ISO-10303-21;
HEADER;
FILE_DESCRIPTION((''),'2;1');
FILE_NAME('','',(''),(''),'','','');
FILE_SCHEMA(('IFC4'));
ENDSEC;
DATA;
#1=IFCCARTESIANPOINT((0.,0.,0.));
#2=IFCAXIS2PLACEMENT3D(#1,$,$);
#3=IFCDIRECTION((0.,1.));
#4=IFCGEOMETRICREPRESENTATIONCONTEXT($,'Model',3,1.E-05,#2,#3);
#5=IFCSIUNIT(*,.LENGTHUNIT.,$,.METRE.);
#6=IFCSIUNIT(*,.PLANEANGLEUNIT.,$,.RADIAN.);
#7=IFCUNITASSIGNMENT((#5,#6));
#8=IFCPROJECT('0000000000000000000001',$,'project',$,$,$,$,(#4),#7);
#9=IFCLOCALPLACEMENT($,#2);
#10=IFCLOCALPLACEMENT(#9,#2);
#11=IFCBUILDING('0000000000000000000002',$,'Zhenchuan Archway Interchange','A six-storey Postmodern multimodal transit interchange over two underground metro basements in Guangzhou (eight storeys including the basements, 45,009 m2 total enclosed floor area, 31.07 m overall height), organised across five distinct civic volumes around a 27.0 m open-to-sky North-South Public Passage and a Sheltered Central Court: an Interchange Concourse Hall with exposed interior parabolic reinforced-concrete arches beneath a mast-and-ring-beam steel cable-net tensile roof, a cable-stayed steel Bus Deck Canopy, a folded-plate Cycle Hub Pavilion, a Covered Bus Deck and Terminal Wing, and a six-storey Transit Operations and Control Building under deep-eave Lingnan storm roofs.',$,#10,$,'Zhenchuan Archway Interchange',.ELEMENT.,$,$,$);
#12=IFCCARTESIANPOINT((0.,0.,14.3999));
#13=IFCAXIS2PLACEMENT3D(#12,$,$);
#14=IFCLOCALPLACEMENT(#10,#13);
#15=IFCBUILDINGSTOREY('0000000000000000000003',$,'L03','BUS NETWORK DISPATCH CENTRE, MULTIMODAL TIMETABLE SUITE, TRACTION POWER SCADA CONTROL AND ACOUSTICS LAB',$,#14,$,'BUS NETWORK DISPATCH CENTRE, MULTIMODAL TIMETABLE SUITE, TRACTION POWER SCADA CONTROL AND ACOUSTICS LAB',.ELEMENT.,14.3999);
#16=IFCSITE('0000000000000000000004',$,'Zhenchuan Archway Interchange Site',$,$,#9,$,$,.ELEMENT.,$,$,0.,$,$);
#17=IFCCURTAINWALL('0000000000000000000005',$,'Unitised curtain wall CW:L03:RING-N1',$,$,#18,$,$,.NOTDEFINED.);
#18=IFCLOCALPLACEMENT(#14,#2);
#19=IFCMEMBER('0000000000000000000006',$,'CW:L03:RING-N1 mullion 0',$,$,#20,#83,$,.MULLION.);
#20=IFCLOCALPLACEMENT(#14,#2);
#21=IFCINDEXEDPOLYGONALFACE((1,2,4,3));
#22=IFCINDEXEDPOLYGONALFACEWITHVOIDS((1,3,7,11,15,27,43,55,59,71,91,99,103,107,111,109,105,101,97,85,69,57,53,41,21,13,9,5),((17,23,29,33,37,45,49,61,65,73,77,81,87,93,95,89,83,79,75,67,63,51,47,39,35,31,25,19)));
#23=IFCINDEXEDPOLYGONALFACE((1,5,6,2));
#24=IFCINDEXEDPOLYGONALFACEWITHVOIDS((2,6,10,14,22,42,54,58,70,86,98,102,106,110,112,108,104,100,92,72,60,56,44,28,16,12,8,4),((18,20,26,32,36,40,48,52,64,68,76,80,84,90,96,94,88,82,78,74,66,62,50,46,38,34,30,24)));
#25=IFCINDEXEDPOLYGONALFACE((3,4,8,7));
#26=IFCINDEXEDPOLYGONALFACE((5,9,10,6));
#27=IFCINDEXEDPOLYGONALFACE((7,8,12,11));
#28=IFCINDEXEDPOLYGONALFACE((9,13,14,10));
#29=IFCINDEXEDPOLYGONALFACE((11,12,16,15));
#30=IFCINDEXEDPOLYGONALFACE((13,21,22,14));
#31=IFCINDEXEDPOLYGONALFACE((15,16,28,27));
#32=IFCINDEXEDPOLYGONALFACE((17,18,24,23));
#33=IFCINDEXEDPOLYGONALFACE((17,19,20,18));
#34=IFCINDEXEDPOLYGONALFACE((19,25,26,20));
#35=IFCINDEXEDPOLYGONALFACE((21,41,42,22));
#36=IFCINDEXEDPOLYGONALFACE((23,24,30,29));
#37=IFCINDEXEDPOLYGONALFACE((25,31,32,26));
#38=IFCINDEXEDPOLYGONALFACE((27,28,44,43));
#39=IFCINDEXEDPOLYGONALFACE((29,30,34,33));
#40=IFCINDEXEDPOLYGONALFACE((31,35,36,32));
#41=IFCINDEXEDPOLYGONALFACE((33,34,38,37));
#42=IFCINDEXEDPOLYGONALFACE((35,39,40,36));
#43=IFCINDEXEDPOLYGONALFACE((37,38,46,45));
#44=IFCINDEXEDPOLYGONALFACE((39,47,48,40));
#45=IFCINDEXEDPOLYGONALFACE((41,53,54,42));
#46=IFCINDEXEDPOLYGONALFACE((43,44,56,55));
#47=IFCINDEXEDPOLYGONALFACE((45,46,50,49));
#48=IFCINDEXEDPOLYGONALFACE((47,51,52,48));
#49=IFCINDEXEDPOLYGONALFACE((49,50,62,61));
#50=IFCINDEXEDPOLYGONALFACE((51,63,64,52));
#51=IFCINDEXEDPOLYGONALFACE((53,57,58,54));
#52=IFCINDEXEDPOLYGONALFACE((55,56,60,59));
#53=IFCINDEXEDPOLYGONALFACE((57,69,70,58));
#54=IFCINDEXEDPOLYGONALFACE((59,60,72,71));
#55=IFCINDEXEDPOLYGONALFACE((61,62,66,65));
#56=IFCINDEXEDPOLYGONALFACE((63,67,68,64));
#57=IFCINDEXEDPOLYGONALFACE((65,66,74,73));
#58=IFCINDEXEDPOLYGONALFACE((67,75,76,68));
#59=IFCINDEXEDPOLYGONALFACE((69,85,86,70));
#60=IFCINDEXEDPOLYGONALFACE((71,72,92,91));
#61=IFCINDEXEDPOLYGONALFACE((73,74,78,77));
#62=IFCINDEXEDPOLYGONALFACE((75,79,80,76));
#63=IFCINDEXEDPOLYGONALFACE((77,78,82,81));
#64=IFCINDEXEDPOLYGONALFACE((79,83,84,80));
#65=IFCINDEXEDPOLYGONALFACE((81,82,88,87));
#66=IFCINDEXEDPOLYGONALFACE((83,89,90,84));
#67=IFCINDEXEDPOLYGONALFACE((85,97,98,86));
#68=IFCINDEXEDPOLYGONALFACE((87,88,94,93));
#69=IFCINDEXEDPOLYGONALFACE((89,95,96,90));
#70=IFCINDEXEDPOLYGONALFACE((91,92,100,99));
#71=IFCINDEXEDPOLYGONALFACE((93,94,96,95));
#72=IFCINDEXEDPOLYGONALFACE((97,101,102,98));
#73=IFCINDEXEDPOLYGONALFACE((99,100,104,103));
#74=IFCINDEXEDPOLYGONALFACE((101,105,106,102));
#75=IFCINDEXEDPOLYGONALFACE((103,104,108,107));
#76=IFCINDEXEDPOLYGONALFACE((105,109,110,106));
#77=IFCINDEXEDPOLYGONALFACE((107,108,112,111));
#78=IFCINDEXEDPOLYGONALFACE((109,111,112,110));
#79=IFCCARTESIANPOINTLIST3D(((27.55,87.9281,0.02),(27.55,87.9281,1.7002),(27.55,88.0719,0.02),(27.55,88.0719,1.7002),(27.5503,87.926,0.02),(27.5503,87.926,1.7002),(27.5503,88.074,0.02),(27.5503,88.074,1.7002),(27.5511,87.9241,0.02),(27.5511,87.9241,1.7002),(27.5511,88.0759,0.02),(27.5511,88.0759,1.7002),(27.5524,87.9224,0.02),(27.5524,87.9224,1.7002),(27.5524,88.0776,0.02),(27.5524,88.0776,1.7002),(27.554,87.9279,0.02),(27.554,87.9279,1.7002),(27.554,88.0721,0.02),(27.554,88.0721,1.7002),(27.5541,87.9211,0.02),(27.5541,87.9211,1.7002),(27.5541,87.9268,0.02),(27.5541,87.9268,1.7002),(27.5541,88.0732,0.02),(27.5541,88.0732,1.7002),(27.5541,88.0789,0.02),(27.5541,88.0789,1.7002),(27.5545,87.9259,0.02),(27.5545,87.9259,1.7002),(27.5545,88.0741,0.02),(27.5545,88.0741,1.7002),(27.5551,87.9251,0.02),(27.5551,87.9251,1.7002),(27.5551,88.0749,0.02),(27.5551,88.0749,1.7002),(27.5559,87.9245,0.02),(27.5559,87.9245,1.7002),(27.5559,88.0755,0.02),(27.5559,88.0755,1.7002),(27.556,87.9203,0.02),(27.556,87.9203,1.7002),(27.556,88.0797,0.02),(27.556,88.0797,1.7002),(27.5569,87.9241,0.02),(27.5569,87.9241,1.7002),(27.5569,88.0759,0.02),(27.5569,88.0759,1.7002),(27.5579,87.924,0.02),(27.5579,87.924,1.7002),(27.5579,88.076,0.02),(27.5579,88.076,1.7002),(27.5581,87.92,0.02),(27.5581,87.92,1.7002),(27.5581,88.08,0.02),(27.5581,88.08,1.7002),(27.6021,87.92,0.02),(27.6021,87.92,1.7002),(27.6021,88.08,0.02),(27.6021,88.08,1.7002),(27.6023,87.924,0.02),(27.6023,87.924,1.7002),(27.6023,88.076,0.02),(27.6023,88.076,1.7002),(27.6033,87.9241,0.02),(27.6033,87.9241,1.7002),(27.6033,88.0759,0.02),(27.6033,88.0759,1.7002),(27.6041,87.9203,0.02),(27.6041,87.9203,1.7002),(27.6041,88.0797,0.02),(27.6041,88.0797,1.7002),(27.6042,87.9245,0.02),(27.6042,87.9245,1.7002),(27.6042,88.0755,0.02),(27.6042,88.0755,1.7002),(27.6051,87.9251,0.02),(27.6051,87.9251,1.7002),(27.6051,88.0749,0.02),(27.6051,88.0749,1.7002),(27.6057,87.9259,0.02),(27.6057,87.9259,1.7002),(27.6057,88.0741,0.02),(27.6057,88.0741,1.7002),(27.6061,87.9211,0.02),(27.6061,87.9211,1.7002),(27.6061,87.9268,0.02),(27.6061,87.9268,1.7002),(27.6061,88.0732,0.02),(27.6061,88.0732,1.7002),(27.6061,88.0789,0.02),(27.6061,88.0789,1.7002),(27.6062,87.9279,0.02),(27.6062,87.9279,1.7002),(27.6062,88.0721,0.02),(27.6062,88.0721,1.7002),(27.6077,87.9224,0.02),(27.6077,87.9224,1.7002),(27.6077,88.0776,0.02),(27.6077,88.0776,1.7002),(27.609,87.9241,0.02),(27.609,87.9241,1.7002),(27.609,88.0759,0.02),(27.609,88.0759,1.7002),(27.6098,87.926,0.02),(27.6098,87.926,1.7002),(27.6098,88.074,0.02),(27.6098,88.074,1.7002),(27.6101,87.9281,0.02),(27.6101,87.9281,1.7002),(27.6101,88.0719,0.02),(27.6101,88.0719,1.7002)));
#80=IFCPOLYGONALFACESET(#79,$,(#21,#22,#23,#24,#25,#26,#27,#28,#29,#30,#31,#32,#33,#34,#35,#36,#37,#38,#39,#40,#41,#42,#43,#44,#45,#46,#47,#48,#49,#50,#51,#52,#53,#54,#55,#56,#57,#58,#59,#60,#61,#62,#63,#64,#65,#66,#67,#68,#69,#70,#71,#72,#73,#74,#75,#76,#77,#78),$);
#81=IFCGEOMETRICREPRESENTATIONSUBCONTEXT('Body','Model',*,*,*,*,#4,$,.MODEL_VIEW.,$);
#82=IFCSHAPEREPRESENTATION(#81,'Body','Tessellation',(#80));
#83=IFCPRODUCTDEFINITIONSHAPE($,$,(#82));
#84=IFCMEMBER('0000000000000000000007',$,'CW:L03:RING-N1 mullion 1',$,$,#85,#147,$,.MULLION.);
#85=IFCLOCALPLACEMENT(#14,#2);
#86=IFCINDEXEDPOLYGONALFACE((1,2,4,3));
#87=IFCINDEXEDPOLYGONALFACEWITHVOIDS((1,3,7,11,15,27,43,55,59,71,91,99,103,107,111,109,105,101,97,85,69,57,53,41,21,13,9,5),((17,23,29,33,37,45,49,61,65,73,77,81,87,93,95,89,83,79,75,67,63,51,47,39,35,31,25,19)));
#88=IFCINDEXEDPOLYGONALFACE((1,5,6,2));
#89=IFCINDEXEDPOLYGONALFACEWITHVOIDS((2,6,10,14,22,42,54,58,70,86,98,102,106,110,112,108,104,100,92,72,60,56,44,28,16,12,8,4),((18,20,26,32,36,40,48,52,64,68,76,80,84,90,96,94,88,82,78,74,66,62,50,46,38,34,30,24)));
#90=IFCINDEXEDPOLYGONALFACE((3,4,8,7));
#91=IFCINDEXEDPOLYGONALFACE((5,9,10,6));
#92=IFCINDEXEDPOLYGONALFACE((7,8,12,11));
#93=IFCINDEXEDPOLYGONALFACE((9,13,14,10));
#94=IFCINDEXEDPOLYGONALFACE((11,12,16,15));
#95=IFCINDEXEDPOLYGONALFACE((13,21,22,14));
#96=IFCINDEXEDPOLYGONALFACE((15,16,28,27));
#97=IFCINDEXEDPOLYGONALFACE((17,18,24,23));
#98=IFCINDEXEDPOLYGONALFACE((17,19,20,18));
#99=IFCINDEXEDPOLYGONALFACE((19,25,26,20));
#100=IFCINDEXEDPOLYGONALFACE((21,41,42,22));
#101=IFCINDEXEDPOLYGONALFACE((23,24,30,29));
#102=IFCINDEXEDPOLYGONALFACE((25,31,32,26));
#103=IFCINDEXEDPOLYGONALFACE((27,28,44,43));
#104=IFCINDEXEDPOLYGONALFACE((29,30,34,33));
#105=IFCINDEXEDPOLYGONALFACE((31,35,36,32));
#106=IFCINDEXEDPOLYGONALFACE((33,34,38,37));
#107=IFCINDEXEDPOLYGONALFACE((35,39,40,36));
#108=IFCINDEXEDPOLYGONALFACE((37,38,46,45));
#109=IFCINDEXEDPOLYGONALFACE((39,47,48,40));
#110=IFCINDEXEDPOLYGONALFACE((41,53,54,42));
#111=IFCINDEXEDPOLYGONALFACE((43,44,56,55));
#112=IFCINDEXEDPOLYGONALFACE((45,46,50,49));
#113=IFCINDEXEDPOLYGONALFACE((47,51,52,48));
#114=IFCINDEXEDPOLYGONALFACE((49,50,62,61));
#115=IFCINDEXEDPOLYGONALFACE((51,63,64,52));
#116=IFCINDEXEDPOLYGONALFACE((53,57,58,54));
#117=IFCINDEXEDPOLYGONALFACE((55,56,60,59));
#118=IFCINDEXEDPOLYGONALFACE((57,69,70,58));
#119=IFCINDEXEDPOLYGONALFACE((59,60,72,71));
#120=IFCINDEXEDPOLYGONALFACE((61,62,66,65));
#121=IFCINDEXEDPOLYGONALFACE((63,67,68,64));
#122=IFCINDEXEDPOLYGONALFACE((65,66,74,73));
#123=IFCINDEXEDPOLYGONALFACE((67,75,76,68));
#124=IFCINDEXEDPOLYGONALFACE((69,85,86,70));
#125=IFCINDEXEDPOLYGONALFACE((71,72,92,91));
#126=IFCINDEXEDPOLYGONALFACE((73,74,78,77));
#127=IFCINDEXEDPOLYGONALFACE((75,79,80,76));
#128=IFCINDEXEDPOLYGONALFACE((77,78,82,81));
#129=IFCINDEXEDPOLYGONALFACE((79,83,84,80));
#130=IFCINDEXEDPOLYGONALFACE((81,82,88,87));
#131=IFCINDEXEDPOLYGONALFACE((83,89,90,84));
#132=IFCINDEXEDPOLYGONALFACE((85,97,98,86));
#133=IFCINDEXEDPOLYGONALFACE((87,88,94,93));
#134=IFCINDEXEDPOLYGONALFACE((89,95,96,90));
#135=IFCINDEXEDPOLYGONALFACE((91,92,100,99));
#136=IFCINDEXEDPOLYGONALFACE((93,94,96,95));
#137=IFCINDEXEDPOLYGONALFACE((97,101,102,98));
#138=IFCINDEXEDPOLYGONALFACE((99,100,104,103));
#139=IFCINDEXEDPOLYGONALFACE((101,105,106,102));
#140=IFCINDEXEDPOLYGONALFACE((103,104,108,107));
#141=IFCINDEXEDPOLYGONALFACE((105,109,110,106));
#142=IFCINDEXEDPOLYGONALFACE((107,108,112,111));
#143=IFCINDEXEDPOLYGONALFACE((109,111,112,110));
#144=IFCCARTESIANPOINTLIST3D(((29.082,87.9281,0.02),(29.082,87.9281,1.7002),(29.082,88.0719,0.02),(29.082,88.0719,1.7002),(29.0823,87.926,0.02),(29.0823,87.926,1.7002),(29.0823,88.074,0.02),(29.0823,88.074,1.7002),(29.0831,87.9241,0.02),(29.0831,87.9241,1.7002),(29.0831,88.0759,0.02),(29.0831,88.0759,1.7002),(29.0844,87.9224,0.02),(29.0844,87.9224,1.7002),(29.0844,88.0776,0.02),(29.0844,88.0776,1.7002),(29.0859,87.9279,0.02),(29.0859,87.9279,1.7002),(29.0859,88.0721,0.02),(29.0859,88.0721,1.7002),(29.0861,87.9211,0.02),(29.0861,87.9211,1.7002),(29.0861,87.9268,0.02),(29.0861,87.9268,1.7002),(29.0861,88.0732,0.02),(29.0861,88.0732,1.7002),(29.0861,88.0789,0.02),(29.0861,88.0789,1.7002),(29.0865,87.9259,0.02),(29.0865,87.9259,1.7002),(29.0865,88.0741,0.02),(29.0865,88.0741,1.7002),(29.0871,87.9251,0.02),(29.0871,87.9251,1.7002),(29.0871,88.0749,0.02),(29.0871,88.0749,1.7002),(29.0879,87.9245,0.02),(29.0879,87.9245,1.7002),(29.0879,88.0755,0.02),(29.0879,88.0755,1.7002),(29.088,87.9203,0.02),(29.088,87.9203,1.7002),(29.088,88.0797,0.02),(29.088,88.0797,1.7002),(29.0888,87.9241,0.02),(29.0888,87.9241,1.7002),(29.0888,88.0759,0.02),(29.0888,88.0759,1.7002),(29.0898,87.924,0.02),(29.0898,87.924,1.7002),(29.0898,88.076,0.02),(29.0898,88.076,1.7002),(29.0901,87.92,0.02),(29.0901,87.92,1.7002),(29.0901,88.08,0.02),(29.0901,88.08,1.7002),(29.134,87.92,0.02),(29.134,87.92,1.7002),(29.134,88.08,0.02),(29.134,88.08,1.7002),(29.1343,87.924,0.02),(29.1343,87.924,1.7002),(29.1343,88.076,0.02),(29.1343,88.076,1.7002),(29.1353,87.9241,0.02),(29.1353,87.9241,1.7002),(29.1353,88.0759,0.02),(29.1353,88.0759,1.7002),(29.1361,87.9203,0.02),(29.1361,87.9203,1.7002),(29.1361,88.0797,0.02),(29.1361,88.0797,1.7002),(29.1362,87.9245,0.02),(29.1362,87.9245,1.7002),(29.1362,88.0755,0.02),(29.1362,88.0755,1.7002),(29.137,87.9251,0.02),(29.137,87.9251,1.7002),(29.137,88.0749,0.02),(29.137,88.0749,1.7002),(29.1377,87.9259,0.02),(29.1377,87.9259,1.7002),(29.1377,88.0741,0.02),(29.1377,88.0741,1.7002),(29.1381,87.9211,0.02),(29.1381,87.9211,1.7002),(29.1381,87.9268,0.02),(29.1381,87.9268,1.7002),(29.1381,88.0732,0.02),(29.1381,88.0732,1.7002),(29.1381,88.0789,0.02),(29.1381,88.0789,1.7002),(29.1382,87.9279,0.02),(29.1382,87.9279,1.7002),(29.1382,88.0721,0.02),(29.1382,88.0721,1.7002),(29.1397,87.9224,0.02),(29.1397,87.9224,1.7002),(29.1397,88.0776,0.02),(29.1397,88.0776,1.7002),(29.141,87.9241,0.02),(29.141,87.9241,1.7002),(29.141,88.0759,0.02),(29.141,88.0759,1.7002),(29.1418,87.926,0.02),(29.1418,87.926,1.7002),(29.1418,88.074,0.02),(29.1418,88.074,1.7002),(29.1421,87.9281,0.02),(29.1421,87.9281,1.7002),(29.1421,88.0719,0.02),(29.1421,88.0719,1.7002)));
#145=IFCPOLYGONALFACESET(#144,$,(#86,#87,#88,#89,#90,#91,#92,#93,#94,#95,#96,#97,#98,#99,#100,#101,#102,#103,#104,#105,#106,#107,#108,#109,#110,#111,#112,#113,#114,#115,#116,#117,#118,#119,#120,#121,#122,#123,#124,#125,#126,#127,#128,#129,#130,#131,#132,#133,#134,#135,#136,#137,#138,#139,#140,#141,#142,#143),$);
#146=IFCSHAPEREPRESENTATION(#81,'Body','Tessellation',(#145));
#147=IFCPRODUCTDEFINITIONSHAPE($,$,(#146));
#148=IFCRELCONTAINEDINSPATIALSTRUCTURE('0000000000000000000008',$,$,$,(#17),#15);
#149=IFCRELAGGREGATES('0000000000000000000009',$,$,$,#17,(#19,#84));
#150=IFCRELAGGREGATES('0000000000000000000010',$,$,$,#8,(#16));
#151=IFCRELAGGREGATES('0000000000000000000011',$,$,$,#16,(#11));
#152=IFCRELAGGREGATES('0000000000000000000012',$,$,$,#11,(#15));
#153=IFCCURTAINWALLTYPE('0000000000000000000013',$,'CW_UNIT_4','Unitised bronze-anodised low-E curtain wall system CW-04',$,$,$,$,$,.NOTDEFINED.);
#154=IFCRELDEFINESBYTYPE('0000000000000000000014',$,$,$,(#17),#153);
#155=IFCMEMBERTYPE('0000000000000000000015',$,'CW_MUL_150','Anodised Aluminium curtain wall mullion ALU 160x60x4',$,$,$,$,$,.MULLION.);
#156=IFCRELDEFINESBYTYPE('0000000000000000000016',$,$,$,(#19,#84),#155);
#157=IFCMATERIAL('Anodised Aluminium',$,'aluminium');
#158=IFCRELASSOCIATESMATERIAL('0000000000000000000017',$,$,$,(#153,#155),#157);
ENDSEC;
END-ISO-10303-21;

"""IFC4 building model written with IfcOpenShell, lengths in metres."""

from ifc_helpers import new_model, si_unit, direction, frame, origin, origin_2d, place, context, subcontext, project, spatial, hollow_rectangle, extrude, material, material_profile, profile_set, type_object, element, aggregate, save


model = new_model("IFC4")

# Units and contexts
model_context = context("Model", 3, precision=1e-05, world=origin(), true_north=direction((0.0, 1.0)))
body_context = subcontext(model_context, "Body", "Model", "MODEL_VIEW")
ifc_project = project(units=[si_unit("LENGTHUNIT", "METRE"), si_unit("PLANEANGLEUNIT", "RADIAN")], contexts=[model_context])

# Site, building, storey
site_placement = place(None, origin())
site = spatial("IfcSite", under=ifc_project, at=site_placement, Name="Zhenchuan Archway Interchange Site", CompositionType="ELEMENT", RefElevation=0.0)
building_placement = place(site_placement, origin())
building = spatial("IfcBuilding", under=site, at=building_placement, Name="Zhenchuan Archway Interchange", Description="A six-storey Postmodern multimodal transit interchange over two underground metro basements in Guangzhou (eight storeys including the basements, 45,009 m2 total enclosed floor area, 31.07 m overall height), organised across five distinct civic volumes around a 27.0 m open-to-sky North-South Public Passage and a Sheltered Central Court: an Interchange Concourse Hall with exposed interior parabolic reinforced-concrete arches beneath a mast-and-ring-beam steel cable-net tensile roof, a cable-stayed steel Bus Deck Canopy, a folded-plate Cycle Hub Pavilion, a Covered Bus Deck and Terminal Wing, and a six-storey Transit Operations and Control Building under deep-eave Lingnan storm roofs.", LongName="Zhenchuan Archway Interchange", CompositionType="ELEMENT")
storey_placement = place(building_placement, frame((0.0, 0.0, 14.3999)))
storey = spatial("IfcBuildingStorey", under=building, at=storey_placement, Name="L03", Description="BUS NETWORK DISPATCH CENTRE, MULTIMODAL TIMETABLE SUITE, TRACTION POWER SCADA CONTROL AND ACOUSTICS LAB", LongName="BUS NETWORK DISPATCH CENTRE, MULTIMODAL TIMETABLE SUITE, TRACTION POWER SCADA CONTROL AND ACOUSTICS LAB", CompositionType="ELEMENT", Elevation=14.3999)

# Curtain wall, members
ifc_material_1 = material(Name="Anodised Aluminium", Category="aluminium")
curtain_wall_type = type_object("IfcCurtainWallType", Name="CW_UNIT_4", Description="Unitised bronze-anodised low-E curtain wall system CW-04", PredefinedType="NOTDEFINED", material=ifc_material_1)
curtain_wall_placement = place(storey_placement, origin())
curtain_wall = element("IfcCurtainWall", 1, at=curtain_wall_placement, inside=storey, type_object=curtain_wall_type, Name="Unitised curtain wall CW:L03:RING-N1", PredefinedType="NOTDEFINED")
ifc_material_profile_1 = material_profile(ifc_material_1, hollow_rectangle(XDim=0.0601, YDim=0.1599, WallThickness=0.0039, InnerFilletRadius=0.0039, OuterFilletRadius=0.0081, at=origin_2d()), Name="ALU 160x60x4")
ifc_profile_set_1 = profile_set([ifc_material_profile_1], Name="Anodised Aluminium")
member_type_1 = type_object("IfcMemberType", Name="CW_MUL_150", Description="Anodised Aluminium curtain wall mullion ALU 160x60x4", PredefinedType="MULLION", material=ifc_profile_set_1)
member_1_placement = place(storey_placement, frame((27.5801, 88.0, 0.02), z_axis=(0.0, 0.0, 1.0), x_axis=(1.0, 0.0, 0.0)))
member_1 = element("IfcMember", 2, at=member_1_placement, type_object=member_type_1, Name="CW:L03:RING-N1 mullion 0", PredefinedType="MULLION", context=body_context, shape_type="SweptSolid", body=[
    extrude(hollow_rectangle(XDim=0.0601, YDim=0.1599, WallThickness=0.0039, InnerFilletRadius=0.0039, OuterFilletRadius=0.0081, at=origin_2d()), origin(), (0.0, 0.0, 1.0), 1.6802),
])
member_2_placement = place(storey_placement, frame((29.1121, 88.0, 0.02), z_axis=(0.0, 0.0, 1.0), x_axis=(1.0, 0.0, 0.0)))
member_2 = element("IfcMember", 3, at=member_2_placement, type_object=member_type_1, Name="CW:L03:RING-N1 mullion 1", PredefinedType="MULLION", context=body_context, shape_type="SweptSolid", body=[
    extrude(hollow_rectangle(XDim=0.0601, YDim=0.1599, WallThickness=0.0039, InnerFilletRadius=0.0039, OuterFilletRadius=0.0081, at=origin_2d()), origin(), (0.0, 0.0, 1.0), 1.6802),
])

aggregate(curtain_wall, [member_1, member_2])

save(model, "model.ifc")
